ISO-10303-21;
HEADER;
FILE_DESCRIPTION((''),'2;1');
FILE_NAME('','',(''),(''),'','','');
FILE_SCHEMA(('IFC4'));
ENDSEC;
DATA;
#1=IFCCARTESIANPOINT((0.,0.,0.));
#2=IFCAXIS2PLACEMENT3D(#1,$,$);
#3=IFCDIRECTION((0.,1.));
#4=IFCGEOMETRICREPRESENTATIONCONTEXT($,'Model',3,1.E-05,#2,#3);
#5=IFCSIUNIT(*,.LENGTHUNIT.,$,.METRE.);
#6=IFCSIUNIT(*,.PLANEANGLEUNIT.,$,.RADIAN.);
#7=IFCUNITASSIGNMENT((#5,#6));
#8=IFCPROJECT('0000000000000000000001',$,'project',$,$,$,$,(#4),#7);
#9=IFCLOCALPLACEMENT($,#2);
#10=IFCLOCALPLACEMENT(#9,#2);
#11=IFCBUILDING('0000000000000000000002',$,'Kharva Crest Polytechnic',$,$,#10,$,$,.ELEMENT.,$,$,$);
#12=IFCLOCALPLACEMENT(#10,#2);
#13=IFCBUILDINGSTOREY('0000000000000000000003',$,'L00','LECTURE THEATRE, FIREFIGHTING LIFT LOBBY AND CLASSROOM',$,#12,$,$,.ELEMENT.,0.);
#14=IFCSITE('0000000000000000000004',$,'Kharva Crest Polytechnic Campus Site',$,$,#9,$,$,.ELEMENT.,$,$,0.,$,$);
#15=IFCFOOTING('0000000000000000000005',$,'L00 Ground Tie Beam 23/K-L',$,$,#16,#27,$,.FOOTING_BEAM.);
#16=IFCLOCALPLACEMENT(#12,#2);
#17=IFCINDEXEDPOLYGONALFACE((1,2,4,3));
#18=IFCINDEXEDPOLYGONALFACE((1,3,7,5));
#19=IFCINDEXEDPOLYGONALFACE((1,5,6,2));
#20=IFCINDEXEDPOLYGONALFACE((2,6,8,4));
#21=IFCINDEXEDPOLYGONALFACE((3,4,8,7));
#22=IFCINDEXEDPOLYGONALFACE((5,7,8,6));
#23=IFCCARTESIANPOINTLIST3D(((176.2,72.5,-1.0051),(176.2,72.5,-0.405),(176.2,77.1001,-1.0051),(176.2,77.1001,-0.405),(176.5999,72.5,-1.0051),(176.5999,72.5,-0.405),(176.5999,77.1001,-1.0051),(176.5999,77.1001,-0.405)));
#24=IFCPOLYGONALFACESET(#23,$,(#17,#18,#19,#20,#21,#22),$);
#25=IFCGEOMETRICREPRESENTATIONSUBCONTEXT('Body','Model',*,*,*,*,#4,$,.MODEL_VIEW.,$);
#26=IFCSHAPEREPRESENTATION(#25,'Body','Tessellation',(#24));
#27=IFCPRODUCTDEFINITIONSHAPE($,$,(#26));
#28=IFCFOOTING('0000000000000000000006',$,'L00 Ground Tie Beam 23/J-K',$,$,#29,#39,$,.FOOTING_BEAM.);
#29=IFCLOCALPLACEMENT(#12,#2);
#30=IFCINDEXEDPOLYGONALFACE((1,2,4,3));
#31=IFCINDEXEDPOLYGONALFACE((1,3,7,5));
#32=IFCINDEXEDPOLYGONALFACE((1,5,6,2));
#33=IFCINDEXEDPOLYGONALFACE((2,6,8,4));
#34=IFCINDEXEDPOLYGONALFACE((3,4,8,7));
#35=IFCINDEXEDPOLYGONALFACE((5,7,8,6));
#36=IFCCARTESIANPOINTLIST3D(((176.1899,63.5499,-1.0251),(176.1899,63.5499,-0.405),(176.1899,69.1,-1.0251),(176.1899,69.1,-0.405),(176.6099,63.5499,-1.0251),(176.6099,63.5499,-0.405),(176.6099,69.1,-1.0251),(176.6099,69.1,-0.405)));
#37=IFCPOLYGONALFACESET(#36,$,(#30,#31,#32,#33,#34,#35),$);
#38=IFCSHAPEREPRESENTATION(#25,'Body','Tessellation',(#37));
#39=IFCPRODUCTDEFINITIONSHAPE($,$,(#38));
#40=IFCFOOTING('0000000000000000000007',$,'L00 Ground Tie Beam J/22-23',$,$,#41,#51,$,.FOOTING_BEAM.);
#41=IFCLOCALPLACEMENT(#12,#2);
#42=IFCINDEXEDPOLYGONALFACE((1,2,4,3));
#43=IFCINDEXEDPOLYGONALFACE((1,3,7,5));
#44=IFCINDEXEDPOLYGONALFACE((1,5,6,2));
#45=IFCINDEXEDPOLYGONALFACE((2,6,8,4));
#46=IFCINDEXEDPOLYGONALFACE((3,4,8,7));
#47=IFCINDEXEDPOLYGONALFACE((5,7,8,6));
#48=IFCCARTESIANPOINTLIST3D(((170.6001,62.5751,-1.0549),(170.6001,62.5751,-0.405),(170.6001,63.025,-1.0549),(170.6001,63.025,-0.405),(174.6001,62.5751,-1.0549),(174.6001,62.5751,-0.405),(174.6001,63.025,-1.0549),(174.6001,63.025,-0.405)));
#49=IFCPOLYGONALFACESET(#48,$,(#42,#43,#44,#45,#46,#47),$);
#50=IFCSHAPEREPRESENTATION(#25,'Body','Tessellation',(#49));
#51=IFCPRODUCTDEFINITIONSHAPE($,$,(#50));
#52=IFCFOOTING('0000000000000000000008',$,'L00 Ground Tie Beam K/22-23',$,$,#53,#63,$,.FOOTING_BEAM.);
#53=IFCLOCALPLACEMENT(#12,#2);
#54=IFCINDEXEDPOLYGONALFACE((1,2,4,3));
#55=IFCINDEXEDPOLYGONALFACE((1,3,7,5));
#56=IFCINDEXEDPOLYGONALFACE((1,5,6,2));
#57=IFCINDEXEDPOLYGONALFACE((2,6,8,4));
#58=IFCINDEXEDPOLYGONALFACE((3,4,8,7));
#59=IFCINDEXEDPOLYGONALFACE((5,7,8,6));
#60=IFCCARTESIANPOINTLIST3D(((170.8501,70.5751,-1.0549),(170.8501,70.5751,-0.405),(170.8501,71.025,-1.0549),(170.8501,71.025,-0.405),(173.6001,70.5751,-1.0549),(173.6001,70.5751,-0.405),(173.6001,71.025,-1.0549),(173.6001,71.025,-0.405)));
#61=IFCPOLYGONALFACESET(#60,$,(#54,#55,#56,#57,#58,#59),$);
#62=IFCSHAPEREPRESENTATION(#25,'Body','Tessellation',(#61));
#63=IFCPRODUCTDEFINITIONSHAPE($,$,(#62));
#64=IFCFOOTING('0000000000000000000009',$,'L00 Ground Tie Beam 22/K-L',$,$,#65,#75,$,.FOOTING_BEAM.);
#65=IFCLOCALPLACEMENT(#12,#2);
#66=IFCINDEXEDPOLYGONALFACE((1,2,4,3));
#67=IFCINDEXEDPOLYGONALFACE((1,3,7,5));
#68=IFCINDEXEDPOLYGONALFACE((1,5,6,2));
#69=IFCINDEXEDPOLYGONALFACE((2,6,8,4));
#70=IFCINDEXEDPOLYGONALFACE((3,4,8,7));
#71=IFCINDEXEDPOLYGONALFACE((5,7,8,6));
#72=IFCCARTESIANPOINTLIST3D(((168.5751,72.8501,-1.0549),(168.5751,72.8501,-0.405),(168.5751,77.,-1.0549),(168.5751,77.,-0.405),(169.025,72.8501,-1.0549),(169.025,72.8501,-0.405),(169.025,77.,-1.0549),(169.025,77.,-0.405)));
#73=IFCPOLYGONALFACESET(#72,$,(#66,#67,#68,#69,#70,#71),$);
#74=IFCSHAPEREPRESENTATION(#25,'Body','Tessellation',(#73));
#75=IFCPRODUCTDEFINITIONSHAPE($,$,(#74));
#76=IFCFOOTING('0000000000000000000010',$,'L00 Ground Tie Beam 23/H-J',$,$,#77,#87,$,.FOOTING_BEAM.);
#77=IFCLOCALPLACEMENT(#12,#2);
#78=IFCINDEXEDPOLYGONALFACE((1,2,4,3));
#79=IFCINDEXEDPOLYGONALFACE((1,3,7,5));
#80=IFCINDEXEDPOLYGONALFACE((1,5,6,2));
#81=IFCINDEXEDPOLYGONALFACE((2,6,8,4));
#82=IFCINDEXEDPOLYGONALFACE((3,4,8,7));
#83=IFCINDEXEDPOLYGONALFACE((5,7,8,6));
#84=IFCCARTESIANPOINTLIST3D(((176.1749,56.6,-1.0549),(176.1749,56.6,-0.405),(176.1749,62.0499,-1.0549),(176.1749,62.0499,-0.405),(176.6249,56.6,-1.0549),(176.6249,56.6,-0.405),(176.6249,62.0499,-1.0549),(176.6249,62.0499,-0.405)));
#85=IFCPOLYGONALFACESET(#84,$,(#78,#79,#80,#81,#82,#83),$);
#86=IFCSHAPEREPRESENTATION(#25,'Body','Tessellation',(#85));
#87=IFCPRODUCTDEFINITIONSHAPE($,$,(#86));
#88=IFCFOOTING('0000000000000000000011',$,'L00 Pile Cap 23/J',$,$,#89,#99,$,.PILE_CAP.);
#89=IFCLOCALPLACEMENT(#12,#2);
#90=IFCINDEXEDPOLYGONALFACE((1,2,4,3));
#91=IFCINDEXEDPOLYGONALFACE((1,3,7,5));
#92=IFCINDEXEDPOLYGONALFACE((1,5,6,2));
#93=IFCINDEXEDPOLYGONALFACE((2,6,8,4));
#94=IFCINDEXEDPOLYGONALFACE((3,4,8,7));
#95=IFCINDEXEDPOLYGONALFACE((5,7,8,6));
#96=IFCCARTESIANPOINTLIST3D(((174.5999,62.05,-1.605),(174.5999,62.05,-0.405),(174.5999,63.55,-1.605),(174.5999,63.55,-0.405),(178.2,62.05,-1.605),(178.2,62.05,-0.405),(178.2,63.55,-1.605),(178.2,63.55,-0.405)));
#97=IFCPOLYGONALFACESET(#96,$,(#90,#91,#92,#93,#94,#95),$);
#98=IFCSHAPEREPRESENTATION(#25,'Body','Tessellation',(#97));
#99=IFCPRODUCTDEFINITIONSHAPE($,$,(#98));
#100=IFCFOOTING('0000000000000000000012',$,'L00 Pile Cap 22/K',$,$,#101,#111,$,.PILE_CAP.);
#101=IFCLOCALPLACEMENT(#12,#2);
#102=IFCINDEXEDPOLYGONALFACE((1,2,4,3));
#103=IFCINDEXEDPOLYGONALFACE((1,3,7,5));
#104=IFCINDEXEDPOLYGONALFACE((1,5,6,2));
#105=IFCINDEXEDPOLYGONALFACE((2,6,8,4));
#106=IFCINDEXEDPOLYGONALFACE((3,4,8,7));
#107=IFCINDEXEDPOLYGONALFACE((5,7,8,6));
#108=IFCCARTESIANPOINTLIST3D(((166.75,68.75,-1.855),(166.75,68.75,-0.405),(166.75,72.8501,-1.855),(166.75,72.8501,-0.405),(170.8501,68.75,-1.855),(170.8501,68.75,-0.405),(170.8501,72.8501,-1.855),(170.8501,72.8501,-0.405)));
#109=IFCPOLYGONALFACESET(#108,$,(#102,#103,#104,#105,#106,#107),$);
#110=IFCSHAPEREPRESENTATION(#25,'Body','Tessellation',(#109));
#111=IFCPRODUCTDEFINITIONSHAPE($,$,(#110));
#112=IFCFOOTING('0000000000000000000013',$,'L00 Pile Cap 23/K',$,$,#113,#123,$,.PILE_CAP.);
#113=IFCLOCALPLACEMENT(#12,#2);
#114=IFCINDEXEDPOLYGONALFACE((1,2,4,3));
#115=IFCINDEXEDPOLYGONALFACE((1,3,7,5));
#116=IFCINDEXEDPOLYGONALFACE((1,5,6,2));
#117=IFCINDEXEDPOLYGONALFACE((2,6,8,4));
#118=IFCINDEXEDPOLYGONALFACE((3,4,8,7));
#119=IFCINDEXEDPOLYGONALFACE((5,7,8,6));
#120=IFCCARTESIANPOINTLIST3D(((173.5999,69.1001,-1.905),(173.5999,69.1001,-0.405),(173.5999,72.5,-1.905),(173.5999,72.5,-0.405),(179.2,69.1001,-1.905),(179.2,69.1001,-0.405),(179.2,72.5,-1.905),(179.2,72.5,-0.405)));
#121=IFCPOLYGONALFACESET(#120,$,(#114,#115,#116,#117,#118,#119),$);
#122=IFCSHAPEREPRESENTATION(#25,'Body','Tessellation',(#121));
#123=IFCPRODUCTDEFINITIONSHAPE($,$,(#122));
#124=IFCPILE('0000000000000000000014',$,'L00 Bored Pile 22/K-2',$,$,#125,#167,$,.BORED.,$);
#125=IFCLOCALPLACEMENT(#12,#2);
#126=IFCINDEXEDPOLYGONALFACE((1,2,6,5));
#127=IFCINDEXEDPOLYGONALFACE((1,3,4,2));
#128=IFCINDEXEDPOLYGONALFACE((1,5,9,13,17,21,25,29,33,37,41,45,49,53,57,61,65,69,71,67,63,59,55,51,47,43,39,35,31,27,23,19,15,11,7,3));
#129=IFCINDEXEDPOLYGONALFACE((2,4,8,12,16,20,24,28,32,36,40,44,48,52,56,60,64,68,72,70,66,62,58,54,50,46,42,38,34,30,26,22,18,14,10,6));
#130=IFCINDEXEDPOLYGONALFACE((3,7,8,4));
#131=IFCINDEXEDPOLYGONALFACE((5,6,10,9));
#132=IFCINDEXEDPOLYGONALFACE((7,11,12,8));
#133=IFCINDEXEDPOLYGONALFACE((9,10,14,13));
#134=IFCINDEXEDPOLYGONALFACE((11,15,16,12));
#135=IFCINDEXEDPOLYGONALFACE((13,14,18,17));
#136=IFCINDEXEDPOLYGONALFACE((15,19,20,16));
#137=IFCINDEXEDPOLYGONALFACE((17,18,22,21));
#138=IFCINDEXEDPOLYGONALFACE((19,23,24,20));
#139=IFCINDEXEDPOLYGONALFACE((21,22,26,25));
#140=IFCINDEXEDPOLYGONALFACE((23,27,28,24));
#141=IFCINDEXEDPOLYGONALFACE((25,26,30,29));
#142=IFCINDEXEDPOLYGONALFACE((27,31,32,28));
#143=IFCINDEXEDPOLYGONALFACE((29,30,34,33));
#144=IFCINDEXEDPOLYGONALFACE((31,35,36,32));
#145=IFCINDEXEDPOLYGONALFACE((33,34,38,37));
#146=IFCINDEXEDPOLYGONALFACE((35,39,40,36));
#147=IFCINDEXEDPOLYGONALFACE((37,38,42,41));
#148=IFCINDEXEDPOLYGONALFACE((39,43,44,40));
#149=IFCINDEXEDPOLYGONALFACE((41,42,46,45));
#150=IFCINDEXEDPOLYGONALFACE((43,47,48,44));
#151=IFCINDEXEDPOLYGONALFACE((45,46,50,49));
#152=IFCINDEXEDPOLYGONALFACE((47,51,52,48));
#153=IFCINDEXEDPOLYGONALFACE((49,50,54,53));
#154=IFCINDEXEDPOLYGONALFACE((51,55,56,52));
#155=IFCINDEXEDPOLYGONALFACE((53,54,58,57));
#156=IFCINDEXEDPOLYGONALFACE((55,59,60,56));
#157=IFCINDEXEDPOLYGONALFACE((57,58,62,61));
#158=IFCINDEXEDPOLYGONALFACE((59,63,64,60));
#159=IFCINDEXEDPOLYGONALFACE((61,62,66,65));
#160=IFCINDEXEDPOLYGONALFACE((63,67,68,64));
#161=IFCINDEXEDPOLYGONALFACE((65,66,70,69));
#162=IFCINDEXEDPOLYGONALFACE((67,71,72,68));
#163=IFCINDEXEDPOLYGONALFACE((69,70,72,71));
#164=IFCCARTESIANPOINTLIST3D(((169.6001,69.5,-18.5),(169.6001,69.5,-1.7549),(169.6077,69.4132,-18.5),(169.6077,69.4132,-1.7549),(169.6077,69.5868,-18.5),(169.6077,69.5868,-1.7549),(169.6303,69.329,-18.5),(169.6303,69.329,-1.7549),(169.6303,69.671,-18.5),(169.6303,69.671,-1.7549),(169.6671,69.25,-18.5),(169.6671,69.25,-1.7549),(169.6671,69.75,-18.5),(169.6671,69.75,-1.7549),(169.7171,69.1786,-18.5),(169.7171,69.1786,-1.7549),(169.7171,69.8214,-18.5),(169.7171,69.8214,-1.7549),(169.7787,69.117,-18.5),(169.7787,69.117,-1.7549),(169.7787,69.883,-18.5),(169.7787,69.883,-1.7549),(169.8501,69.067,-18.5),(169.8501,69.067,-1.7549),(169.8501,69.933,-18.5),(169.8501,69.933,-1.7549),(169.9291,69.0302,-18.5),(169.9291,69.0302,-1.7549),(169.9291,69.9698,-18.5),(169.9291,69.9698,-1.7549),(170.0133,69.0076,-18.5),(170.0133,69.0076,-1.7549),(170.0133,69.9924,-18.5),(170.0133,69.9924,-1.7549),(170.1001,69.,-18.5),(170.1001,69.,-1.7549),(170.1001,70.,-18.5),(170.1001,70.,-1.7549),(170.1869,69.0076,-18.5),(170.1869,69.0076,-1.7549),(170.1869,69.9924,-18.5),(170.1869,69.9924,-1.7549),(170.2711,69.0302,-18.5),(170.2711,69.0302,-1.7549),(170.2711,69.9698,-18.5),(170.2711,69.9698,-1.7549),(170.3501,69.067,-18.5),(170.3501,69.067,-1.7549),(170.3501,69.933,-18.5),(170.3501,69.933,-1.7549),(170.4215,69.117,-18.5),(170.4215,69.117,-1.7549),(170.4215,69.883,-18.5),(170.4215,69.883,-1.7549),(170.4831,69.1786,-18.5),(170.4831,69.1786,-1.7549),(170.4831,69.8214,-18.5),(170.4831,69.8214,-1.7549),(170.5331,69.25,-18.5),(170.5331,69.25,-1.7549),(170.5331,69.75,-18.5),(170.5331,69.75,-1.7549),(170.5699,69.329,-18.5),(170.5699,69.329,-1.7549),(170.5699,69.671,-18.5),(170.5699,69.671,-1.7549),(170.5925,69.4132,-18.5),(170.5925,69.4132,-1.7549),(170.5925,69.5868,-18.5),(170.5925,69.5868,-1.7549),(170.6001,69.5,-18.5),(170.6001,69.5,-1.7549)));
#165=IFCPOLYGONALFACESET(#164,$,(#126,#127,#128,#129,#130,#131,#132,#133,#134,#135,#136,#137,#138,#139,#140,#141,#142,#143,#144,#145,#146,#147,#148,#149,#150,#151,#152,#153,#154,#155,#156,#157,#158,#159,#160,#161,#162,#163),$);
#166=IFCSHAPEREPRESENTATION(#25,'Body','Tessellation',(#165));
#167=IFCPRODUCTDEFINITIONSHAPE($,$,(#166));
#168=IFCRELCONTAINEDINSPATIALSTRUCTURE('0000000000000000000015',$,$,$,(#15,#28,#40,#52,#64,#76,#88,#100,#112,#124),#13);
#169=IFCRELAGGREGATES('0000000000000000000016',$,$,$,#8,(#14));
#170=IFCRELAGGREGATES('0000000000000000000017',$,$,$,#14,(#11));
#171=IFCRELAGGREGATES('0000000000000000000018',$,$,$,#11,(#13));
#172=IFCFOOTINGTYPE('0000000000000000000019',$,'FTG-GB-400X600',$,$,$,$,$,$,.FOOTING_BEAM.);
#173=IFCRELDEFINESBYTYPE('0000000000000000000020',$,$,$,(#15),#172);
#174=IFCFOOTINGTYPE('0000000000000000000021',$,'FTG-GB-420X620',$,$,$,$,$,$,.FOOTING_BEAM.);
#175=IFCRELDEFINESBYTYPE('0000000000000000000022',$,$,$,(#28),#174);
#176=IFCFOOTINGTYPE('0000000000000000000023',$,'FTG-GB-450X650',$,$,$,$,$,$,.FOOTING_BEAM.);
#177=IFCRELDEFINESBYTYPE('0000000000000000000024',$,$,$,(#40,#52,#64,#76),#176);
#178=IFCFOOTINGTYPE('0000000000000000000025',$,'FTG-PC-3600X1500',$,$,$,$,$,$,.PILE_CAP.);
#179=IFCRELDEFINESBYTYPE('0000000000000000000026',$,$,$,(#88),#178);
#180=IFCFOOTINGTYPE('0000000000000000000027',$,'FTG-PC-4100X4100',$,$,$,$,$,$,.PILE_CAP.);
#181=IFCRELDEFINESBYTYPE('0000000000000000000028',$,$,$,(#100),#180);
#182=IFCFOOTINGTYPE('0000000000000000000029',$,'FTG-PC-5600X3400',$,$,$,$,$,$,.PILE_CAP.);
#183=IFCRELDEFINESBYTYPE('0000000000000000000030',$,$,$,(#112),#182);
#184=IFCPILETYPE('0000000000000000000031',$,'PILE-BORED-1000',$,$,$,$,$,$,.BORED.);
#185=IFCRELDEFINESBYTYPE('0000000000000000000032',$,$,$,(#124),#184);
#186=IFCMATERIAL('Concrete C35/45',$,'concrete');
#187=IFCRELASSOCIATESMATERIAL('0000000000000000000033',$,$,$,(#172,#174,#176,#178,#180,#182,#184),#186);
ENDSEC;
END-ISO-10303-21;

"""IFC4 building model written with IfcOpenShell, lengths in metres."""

from ifc_helpers import new_model, si_unit, direction, frame, origin, origin_2d, place, context, subcontext, project, spatial, rectangle, circle, extrude, material, material_profile, profile_set, type_object, element, save


model = new_model("IFC4")

# Units and contexts
model_context = context("Model", 3, precision=1e-05, world=origin(), true_north=direction((0.0, 1.0)))
body_context = subcontext(model_context, "Body", "Model", "MODEL_VIEW")
ifc_project = project(units=[si_unit("LENGTHUNIT", "METRE"), si_unit("PLANEANGLEUNIT", "RADIAN")], contexts=[model_context])

# Site, building, storey
site_placement = place(None, origin())
site = spatial("IfcSite", under=ifc_project, at=site_placement, Name="Kharva Crest Polytechnic Campus Site", CompositionType="ELEMENT", RefElevation=0.0)
building_placement = place(site_placement, origin())
building = spatial("IfcBuilding", under=site, at=building_placement, Name="Kharva Crest Polytechnic", CompositionType="ELEMENT")
storey_placement = place(building_placement, origin())
storey = spatial("IfcBuildingStorey", under=building, at=storey_placement, Name="L00", Description="LECTURE THEATRE, FIREFIGHTING LIFT LOBBY AND CLASSROOM", CompositionType="ELEMENT", Elevation=0.0)

# Footings
ifc_material_1 = material(Name="Concrete C35/45", Category="concrete")
footing_type_1 = type_object("IfcFootingType", Name="FTG-GB-400X600", PredefinedType="FOOTING_BEAM", material=ifc_material_1)
footing_1_placement = place(storey_placement, frame((176.3999, 74.8, -1.0051), z_axis=(0.0, 0.0, 1.0), x_axis=(0.0, 1.0, 0.0)))
element("IfcFooting", 1, at=footing_1_placement, inside=storey, type_object=footing_type_1, Name="L00 Ground Tie Beam 23/K-L", PredefinedType="FOOTING_BEAM", context=body_context, shape_type="SweptSolid", body=[
    extrude(rectangle(XDim=4.6001, YDim=0.3999, at=origin_2d()), origin(), (0.0, 0.0, 1.0), 0.6001),
])
footing_type_2 = type_object("IfcFootingType", Name="FTG-GB-420X620", PredefinedType="FOOTING_BEAM", material=ifc_material_1)
footing_2_placement = place(storey_placement, frame((176.3999, 66.325, -1.0251), z_axis=(0.0, 0.0, 1.0), x_axis=(0.0, 1.0, 0.0)))
element("IfcFooting", 2, at=footing_2_placement, inside=storey, type_object=footing_type_2, Name="L00 Ground Tie Beam 23/J-K", PredefinedType="FOOTING_BEAM", context=body_context, shape_type="SweptSolid", body=[
    extrude(rectangle(XDim=5.55, YDim=0.4199, at=origin_2d()), origin(), (0.0, 0.0, 1.0), 0.6201),
])
footing_type_3 = type_object("IfcFootingType", Name="FTG-GB-450X650", PredefinedType="FOOTING_BEAM", material=ifc_material_1)
footing_3_placement = place(storey_placement, frame((172.6001, 62.8, -1.0549), z_axis=(0.0, 0.0, 1.0), x_axis=(1.0, 0.0, 0.0)))
element("IfcFooting", 3, at=footing_3_placement, inside=storey, type_object=footing_type_3, Name="L00 Ground Tie Beam J/22-23", PredefinedType="FOOTING_BEAM", context=body_context, shape_type="SweptSolid", body=[
    extrude(rectangle(XDim=4.0, YDim=0.45, at=origin_2d()), origin(), (0.0, 0.0, 1.0), 0.6499),
])
footing_4_placement = place(storey_placement, frame((172.2251, 70.8, -1.0549), z_axis=(0.0, 0.0, 1.0), x_axis=(1.0, 0.0, 0.0)))
element("IfcFooting", 4, at=footing_4_placement, inside=storey, type_object=footing_type_3, Name="L00 Ground Tie Beam K/22-23", PredefinedType="FOOTING_BEAM", context=body_context, shape_type="SweptSolid", body=[
    extrude(rectangle(XDim=2.75, YDim=0.45, at=origin_2d()), origin(), (0.0, 0.0, 1.0), 0.6499),
])
footing_5_placement = place(storey_placement, frame((168.8, 74.925, -1.0549), z_axis=(0.0, 0.0, 1.0), x_axis=(0.0, 1.0, 0.0)))
element("IfcFooting", 5, at=footing_5_placement, inside=storey, type_object=footing_type_3, Name="L00 Ground Tie Beam 22/K-L", PredefinedType="FOOTING_BEAM", context=body_context, shape_type="SweptSolid", body=[
    extrude(rectangle(XDim=4.1499, YDim=0.45, at=origin_2d()), origin(), (0.0, 0.0, 1.0), 0.6499),
])
footing_6_placement = place(storey_placement, frame((176.3999, 59.325, -1.0549), z_axis=(0.0, 0.0, 1.0), x_axis=(0.0, 1.0, 0.0)))
element("IfcFooting", 6, at=footing_6_placement, inside=storey, type_object=footing_type_3, Name="L00 Ground Tie Beam 23/H-J", PredefinedType="FOOTING_BEAM", context=body_context, shape_type="SweptSolid", body=[
    extrude(rectangle(XDim=5.45, YDim=0.45, at=origin_2d()), origin(), (0.0, 0.0, 1.0), 0.6499),
])
footing_type_4 = type_object("IfcFootingType", Name="FTG-PC-3600X1500", PredefinedType="PILE_CAP", material=ifc_material_1)
footing_7_placement = place(storey_placement, frame((176.3999, 62.8, -1.605), z_axis=(0.0, 0.0, 1.0), x_axis=(1.0, 0.0, 0.0)))
element("IfcFooting", 7, at=footing_7_placement, inside=storey, type_object=footing_type_4, Name="L00 Pile Cap 23/J", PredefinedType="PILE_CAP", context=body_context, shape_type="SweptSolid", body=[
    extrude(rectangle(XDim=3.6001, YDim=1.5, at=origin_2d()), origin(), (0.0, 0.0, 1.0), 1.2),
])
footing_type_5 = type_object("IfcFootingType", Name="FTG-PC-4100X4100", PredefinedType="PILE_CAP", material=ifc_material_1)
footing_8_placement = place(storey_placement, frame((168.8, 70.8, -1.855), z_axis=(0.0, 0.0, 1.0), x_axis=(1.0, 0.0, 0.0)))
element("IfcFooting", 8, at=footing_8_placement, inside=storey, type_object=footing_type_5, Name="L00 Pile Cap 22/K", PredefinedType="PILE_CAP", context=body_context, shape_type="SweptSolid", body=[
    extrude(rectangle(XDim=4.1001, YDim=4.1001, at=origin_2d()), origin(), (0.0, 0.0, 1.0), 1.45),
])
footing_type_6 = type_object("IfcFootingType", Name="FTG-PC-5600X3400", PredefinedType="PILE_CAP", material=ifc_material_1)
footing_9_placement = place(storey_placement, frame((176.3999, 70.8, -1.905), z_axis=(0.0, 0.0, 1.0), x_axis=(1.0, 0.0, 0.0)))
element("IfcFooting", 9, at=footing_9_placement, inside=storey, type_object=footing_type_6, Name="L00 Pile Cap 23/K", PredefinedType="PILE_CAP", context=body_context, shape_type="SweptSolid", body=[
    extrude(rectangle(XDim=5.6001, YDim=3.3999, at=origin_2d()), origin(), (0.0, 0.0, 1.0), 1.5),
])

# Pile
ifc_material_profile_1 = material_profile(ifc_material_1, circle(Radius=0.5, at=origin_2d()), Name="DIA 1000")
ifc_profile_set_1 = profile_set([ifc_material_profile_1], Name="Concrete C35/45")
pile_type_1 = type_object("IfcPileType", Name="PILE-BORED-1000", PredefinedType="BORED", material=ifc_profile_set_1)
for number, where, z_axis, x_axis, name in (
    (10, (170.1001, 69.5, -1.7549), (0.0, 0.0, -1.0), (1.0, 0.0, 0.0), "L00 Bored Pile 22/K-2"),
):
    element("IfcPile", number, at=place(storey_placement, frame(where, z_axis=z_axis, x_axis=x_axis)), inside=storey, type_object=pile_type_1, Name=name, PredefinedType="BORED", context=body_context, shape_type="SweptSolid", body=[
        extrude(circle(Radius=0.5, at=origin_2d()), origin(), (0.0, 0.0, 1.0), 16.7451),
    ])

save(model, "model.ifc")
